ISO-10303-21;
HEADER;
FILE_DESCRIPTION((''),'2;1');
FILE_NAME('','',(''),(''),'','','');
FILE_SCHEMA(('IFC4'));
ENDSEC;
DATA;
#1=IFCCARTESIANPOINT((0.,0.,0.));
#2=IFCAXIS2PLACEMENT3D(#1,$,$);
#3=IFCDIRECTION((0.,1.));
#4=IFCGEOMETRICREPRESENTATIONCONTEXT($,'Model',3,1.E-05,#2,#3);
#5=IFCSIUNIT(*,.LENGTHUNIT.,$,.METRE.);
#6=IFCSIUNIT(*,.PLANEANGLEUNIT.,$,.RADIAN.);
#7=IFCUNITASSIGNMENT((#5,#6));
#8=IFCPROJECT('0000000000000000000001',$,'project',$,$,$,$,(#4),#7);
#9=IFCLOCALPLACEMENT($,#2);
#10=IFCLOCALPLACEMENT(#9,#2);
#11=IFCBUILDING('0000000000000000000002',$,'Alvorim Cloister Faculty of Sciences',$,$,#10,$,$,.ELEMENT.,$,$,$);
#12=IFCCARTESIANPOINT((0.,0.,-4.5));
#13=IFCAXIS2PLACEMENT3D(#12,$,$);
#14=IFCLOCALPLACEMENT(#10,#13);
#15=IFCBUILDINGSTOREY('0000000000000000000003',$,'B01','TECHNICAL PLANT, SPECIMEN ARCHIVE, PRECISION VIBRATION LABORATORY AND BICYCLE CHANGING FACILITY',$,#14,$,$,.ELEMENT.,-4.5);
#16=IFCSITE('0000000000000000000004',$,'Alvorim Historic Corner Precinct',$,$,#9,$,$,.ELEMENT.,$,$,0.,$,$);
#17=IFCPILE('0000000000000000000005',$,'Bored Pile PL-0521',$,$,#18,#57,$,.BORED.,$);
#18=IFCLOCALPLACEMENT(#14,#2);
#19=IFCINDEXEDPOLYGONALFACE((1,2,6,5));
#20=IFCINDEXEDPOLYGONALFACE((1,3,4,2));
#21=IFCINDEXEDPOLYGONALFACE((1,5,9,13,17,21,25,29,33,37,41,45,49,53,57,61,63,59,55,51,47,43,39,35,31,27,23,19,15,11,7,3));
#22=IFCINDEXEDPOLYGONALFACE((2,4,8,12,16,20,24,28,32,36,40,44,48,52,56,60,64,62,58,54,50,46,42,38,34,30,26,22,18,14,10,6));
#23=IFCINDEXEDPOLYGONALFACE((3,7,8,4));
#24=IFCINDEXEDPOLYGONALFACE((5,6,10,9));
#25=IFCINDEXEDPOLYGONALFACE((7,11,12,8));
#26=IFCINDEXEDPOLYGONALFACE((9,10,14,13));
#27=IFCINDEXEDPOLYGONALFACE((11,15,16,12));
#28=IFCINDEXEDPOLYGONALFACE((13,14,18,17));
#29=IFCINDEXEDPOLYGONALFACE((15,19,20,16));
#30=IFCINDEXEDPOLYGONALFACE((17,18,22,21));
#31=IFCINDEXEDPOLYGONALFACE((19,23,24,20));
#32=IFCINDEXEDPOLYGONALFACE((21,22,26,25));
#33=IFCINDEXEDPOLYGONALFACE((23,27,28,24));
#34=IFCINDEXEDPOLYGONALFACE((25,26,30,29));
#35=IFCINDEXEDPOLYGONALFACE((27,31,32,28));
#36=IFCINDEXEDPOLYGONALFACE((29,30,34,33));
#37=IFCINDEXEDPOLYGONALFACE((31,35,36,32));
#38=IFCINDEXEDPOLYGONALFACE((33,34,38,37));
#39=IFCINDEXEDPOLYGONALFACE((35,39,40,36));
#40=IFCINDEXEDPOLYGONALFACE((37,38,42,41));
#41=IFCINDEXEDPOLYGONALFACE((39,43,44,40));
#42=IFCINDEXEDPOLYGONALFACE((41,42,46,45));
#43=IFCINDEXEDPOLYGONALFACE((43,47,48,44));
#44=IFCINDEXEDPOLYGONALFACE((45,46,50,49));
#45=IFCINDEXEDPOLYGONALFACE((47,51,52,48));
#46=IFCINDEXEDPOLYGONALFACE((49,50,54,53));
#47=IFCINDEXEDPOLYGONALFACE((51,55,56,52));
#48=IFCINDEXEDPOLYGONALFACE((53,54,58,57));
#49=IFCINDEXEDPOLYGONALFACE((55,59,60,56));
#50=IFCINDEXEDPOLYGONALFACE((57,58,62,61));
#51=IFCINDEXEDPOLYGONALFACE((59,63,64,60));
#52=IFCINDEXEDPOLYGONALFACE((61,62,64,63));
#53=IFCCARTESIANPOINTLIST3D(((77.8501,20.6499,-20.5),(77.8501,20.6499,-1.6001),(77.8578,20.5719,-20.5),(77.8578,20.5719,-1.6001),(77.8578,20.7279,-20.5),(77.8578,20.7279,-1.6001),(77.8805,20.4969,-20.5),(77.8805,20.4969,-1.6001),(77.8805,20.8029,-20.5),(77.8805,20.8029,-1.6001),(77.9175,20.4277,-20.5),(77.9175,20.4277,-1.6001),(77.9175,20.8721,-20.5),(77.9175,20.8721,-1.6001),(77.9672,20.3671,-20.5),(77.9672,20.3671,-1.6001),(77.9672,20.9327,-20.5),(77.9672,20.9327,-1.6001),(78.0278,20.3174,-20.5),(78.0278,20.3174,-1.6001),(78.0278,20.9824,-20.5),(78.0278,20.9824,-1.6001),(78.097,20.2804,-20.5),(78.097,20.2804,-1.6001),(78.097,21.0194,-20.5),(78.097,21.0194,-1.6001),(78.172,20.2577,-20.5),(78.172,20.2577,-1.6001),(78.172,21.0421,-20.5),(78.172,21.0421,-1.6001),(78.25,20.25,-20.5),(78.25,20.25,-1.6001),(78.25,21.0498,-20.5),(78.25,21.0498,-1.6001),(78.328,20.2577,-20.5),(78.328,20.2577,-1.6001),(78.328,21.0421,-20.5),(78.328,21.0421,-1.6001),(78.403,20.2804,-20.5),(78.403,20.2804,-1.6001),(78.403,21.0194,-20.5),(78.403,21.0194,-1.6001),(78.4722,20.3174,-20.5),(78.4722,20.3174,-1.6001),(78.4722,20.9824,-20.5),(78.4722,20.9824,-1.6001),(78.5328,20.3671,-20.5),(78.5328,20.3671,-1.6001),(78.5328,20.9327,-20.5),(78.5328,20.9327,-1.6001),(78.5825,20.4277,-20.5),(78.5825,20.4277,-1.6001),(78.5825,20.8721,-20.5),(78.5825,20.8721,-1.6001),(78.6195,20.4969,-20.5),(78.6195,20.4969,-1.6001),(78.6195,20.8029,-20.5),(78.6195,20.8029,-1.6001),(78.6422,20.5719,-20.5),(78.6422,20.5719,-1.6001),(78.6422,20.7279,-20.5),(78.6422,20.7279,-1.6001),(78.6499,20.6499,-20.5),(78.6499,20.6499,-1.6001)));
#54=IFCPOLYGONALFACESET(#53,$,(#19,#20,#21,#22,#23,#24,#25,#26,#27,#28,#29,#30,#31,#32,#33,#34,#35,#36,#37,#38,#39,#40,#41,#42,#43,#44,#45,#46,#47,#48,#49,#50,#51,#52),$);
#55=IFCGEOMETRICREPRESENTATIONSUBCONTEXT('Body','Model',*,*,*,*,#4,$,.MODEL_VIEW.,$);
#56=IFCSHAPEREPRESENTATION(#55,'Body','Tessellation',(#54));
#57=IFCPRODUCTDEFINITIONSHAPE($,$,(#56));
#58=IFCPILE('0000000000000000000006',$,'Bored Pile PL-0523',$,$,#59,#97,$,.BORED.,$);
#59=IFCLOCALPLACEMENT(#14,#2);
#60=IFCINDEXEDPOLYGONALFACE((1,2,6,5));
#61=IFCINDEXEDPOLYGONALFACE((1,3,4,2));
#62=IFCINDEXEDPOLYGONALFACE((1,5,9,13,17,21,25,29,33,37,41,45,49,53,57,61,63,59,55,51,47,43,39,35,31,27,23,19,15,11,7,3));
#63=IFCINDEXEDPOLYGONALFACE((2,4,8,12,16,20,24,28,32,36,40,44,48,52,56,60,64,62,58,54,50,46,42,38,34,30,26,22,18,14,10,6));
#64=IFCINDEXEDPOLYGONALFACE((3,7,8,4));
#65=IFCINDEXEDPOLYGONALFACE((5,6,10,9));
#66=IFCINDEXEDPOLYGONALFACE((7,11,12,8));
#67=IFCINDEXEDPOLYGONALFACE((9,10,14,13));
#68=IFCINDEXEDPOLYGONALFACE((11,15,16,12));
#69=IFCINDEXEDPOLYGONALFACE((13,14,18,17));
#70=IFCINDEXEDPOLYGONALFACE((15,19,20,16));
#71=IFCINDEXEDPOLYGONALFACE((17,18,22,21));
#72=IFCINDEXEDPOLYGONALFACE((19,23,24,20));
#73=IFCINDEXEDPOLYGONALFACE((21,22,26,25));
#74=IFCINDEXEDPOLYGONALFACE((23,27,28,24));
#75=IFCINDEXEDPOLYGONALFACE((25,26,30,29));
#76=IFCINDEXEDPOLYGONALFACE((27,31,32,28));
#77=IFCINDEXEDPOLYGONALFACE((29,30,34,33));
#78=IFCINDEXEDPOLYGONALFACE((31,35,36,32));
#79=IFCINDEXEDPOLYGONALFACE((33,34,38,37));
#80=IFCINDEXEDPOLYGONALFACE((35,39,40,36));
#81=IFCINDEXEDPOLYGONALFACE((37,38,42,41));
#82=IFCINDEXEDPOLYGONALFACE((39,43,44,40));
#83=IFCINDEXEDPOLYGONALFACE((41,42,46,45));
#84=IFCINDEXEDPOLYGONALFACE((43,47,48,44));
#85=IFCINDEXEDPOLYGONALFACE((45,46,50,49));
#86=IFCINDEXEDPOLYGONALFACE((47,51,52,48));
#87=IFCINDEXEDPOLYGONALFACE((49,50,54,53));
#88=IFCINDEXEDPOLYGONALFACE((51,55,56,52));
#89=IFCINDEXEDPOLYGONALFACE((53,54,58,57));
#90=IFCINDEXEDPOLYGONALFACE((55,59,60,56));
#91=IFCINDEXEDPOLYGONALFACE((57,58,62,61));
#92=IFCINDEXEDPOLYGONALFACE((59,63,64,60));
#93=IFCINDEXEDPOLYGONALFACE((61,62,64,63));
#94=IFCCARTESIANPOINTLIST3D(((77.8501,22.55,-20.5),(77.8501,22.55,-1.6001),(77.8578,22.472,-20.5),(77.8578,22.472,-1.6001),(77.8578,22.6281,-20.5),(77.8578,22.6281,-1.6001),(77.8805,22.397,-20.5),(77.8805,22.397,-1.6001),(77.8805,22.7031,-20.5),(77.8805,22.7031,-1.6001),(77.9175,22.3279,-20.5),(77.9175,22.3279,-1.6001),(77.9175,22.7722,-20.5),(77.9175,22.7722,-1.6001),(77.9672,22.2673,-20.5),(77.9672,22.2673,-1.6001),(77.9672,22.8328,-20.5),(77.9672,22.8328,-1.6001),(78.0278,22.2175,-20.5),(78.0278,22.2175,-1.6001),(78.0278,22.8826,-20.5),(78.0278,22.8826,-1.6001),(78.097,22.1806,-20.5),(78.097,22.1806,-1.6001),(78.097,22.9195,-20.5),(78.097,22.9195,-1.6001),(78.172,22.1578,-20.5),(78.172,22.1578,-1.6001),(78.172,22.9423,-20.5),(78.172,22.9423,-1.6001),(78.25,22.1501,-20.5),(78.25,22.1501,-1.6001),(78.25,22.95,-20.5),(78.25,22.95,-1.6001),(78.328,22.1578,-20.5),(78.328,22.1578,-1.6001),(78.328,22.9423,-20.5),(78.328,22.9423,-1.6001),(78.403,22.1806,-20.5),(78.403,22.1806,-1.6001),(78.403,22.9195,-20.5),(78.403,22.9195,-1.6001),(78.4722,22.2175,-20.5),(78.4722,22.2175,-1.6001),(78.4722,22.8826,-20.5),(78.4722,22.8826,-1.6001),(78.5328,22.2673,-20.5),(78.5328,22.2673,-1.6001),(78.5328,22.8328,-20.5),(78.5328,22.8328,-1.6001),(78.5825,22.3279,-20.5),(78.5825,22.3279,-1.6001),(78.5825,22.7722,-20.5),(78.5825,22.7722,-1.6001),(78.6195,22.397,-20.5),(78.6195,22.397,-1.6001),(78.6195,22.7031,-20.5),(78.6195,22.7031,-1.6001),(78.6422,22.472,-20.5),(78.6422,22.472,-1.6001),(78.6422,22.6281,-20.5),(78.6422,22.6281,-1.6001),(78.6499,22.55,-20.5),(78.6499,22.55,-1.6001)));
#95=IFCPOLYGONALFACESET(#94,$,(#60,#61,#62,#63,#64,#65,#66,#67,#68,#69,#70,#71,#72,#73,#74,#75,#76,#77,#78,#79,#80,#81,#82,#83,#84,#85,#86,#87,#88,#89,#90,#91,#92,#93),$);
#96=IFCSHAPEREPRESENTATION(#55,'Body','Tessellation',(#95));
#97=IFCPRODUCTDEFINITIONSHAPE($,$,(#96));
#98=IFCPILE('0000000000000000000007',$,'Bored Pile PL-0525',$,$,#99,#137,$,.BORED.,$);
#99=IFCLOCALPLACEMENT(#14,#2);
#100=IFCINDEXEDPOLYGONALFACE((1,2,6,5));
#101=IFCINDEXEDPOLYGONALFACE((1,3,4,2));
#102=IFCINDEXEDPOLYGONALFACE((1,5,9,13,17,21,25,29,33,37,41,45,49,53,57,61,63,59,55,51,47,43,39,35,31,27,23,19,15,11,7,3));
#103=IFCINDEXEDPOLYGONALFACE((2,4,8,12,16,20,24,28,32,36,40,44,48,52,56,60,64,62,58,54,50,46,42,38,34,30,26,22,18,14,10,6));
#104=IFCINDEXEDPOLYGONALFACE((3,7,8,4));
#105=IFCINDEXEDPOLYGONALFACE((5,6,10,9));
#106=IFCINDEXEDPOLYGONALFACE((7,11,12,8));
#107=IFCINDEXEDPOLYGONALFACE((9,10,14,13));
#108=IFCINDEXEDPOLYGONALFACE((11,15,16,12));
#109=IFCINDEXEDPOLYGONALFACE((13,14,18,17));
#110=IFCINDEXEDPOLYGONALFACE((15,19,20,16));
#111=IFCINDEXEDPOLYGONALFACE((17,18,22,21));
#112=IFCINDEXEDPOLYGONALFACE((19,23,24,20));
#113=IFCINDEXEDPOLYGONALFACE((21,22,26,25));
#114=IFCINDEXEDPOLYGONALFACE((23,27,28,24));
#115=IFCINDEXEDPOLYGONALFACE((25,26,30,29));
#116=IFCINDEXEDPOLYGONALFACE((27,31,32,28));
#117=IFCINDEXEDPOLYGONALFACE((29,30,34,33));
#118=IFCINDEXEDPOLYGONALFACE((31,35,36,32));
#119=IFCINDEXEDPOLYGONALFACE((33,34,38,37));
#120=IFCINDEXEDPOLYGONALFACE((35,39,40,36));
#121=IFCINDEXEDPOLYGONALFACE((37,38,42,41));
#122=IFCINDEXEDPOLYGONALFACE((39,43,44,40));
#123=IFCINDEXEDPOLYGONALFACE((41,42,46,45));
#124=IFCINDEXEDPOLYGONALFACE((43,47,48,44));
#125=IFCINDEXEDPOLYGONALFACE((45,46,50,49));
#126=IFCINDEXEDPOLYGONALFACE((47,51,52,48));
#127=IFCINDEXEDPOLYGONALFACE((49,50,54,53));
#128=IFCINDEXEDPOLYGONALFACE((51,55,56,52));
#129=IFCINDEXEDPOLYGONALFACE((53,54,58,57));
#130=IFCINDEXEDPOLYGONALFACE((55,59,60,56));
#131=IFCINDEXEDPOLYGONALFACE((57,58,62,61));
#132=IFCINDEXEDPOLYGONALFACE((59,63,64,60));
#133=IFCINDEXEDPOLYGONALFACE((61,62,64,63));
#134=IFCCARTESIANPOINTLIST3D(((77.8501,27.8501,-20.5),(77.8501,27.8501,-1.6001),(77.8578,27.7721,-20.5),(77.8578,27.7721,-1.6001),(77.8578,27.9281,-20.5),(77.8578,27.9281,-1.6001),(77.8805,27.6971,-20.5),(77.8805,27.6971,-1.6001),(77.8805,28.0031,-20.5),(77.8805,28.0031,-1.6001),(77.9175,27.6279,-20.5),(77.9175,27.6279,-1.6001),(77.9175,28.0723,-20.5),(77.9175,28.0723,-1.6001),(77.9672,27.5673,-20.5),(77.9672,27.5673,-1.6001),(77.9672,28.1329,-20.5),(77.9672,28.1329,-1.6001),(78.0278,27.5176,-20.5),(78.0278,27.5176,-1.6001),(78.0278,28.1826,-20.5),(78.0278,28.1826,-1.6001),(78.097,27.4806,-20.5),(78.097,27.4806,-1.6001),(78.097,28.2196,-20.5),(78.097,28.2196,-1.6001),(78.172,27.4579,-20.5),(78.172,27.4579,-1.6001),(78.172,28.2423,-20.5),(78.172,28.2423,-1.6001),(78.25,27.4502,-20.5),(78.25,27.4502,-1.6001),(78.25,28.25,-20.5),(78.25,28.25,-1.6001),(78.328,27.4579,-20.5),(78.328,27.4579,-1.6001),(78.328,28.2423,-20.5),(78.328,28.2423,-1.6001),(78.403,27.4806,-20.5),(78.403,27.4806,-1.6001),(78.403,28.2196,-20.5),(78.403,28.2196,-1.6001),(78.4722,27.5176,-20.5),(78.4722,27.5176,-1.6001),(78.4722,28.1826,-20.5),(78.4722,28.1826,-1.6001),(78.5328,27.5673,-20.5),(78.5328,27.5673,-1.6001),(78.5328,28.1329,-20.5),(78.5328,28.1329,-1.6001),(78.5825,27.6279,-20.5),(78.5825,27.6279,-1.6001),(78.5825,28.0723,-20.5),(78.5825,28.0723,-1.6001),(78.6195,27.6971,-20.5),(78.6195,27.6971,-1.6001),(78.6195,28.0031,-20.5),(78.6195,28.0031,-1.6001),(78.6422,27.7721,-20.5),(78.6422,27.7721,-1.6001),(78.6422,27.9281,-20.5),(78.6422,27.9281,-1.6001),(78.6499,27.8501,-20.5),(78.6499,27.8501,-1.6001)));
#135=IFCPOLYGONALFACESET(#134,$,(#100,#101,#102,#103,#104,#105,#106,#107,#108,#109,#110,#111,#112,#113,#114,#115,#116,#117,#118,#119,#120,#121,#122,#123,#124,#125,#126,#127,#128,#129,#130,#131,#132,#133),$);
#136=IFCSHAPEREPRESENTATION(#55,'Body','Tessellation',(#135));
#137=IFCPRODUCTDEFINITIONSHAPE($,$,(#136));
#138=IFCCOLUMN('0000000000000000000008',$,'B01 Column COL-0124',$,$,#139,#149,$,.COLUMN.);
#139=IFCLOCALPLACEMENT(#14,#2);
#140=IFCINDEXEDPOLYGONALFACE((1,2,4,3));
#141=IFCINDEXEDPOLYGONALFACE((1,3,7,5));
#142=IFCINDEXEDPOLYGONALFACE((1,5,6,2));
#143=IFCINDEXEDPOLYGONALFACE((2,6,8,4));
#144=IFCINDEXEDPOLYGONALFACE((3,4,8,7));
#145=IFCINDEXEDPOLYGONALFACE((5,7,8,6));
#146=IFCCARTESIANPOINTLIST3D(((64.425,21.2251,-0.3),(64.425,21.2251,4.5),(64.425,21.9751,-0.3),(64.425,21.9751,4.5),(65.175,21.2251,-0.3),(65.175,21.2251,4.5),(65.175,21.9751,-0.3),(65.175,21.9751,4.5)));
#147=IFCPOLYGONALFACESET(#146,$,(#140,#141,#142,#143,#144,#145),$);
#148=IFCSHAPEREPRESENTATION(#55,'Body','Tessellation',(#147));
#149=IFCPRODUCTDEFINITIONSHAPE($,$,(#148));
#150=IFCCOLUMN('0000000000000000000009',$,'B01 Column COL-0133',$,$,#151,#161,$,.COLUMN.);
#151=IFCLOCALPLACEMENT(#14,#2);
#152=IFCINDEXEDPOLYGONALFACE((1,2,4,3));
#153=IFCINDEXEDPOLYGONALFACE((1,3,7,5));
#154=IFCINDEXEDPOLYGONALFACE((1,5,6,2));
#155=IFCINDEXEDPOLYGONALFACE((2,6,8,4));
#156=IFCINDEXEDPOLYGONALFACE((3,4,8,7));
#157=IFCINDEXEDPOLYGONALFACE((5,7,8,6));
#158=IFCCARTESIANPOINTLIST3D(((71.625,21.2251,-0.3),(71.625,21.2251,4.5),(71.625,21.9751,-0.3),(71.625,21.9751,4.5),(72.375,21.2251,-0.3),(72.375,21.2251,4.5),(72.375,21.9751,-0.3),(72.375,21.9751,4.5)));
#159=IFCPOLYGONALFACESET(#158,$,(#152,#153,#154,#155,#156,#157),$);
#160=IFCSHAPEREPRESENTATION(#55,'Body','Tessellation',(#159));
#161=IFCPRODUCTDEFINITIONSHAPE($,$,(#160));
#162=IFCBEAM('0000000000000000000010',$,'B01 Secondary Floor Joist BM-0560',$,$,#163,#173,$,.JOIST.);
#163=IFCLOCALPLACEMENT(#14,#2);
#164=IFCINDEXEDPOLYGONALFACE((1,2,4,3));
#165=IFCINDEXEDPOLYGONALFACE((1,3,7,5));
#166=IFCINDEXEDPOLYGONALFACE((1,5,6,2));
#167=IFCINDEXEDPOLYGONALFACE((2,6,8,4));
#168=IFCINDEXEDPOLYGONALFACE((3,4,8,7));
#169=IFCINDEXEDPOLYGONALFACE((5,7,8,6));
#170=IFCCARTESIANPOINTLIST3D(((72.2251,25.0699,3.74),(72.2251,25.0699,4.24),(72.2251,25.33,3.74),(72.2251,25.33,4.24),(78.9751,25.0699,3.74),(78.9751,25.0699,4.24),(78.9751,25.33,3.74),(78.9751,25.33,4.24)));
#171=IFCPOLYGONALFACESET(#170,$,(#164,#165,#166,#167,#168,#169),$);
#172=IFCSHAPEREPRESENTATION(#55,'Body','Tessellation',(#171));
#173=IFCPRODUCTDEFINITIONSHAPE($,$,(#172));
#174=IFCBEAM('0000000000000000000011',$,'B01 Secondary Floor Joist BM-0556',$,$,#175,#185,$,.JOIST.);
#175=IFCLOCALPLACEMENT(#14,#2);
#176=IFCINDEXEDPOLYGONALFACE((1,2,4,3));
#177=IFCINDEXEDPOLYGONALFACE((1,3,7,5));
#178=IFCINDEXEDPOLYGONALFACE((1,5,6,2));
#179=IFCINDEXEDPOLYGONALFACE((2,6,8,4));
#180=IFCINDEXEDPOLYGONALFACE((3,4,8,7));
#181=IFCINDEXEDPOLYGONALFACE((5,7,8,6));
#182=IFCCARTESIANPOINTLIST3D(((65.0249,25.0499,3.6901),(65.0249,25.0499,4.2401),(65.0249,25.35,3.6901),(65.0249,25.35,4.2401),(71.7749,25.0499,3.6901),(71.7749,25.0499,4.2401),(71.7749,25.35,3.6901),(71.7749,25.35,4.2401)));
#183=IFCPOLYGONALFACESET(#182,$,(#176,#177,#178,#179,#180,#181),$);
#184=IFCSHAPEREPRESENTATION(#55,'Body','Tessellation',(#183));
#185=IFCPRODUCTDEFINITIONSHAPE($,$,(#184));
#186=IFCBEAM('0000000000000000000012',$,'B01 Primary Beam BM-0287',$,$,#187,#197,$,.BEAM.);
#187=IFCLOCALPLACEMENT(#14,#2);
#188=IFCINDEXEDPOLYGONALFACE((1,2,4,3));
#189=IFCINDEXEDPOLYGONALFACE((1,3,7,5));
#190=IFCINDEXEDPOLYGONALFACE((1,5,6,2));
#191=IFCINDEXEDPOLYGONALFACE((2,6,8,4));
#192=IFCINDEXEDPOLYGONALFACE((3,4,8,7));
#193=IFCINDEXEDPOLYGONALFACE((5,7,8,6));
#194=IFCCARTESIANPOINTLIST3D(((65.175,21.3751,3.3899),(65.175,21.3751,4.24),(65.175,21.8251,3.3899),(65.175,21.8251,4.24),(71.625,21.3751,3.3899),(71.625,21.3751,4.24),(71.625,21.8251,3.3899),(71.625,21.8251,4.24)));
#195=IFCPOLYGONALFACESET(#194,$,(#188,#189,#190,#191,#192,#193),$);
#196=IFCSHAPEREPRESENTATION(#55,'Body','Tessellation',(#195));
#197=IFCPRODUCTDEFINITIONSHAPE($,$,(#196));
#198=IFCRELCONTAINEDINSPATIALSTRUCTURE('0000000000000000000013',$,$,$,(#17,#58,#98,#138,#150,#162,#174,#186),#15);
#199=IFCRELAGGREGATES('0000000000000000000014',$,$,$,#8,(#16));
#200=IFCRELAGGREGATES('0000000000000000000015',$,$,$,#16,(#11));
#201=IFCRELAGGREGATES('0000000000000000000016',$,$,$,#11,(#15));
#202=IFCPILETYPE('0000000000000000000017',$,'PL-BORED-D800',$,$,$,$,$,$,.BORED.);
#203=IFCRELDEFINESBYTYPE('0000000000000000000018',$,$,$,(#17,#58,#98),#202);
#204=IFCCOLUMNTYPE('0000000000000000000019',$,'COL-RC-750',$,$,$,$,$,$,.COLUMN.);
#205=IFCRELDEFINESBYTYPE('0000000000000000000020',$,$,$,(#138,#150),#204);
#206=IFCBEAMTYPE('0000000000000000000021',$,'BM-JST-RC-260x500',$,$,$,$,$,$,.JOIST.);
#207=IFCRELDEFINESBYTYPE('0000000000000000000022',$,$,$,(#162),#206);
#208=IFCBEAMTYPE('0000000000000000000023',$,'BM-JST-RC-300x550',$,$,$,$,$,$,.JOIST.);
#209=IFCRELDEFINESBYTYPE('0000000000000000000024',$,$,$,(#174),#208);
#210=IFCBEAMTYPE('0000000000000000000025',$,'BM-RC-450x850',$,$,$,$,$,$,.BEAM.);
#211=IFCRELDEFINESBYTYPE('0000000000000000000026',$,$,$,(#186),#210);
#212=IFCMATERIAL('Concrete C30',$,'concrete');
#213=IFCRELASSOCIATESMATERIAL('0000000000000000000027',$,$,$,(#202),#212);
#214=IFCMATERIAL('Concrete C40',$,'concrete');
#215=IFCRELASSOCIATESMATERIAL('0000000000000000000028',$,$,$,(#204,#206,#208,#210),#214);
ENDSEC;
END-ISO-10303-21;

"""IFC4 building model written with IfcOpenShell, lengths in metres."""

from ifc_helpers import new_model, si_unit, direction, frame, origin, origin_2d, place, context, subcontext, project, spatial, rectangle, circle, extrude, material, material_profile, profile_set, type_object, element, save


model = new_model("IFC4")

# Units and contexts
model_context = context("Model", 3, precision=1e-05, world=origin(), true_north=direction((0.0, 1.0)))
body_context = subcontext(model_context, "Body", "Model", "MODEL_VIEW")
ifc_project = project(units=[si_unit("LENGTHUNIT", "METRE"), si_unit("PLANEANGLEUNIT", "RADIAN")], contexts=[model_context])

# Site, building, storey
site_placement = place(None, origin())
site = spatial("IfcSite", under=ifc_project, at=site_placement, Name="Alvorim Historic Corner Precinct", CompositionType="ELEMENT", RefElevation=0.0)
building_placement = place(site_placement, origin())
building = spatial("IfcBuilding", under=site, at=building_placement, Name="Alvorim Cloister Faculty of Sciences", CompositionType="ELEMENT")
storey_placement = place(building_placement, frame((0.0, 0.0, -4.5)))
storey = spatial("IfcBuildingStorey", under=building, at=storey_placement, Name="B01", Description="TECHNICAL PLANT, SPECIMEN ARCHIVE, PRECISION VIBRATION LABORATORY AND BICYCLE CHANGING FACILITY", CompositionType="ELEMENT", Elevation=-4.5)

# Shared definitions
ifc_material_1 = material(Name="Concrete C40", Category="concrete")

# Piles
ifc_material_2 = material(Name="Concrete C30", Category="concrete")
ifc_material_profile_1 = material_profile(ifc_material_2, circle(Radius=0.3999, at=origin_2d()), Name="PILE-D800")
ifc_profile_set_1 = profile_set([ifc_material_profile_1], Name="Concrete C30")
pile_type = type_object("IfcPileType", Name="PL-BORED-D800", PredefinedType="BORED", material=ifc_profile_set_1)
for number, where, z_axis, x_axis, name in (
    (1, (78.25, 20.6499, -1.6001), (0.0, 0.0, -1.0), (1.0, 0.0, 0.0), "Bored Pile PL-0521"),
    (2, (78.25, 22.55, -1.6001), (0.0, 0.0, -1.0), (1.0, 0.0, 0.0), "Bored Pile PL-0523"),
    (3, (78.25, 27.8501, -1.6001), (0.0, 0.0, -1.0), (1.0, 0.0, 0.0), "Bored Pile PL-0525"),
):
    element("IfcPile", number, at=place(storey_placement, frame(where, z_axis=z_axis, x_axis=x_axis)), inside=storey, type_object=pile_type, Name=name, PredefinedType="BORED", context=body_context, shape_type="SweptSolid", body=[
        extrude(circle(Radius=0.3999, at=origin_2d()), origin(), (0.0, 0.0, 1.0), 18.8999),
    ])

# Columns
ifc_material_profile_2 = material_profile(ifc_material_1, rectangle(XDim=0.75, YDim=0.75, at=origin_2d()), Name="RC40-COL-750x750")
ifc_profile_set_2 = profile_set([ifc_material_profile_2], Name="Concrete C40")
column_type = type_object("IfcColumnType", Name="COL-RC-750", PredefinedType="COLUMN", material=ifc_profile_set_2)
for number, where, z_axis, x_axis, name in (
    (4, (64.8, 21.6001, -0.3), (0.0, 0.0, 1.0), (1.0, 0.0, 0.0), "B01 Column COL-0124"),
    (5, (72.0, 21.6001, -0.3), (0.0, 0.0, 1.0), (1.0, 0.0, 0.0), "B01 Column COL-0133"),
):
    element("IfcColumn", number, at=place(storey_placement, frame(where, z_axis=z_axis, x_axis=x_axis)), inside=storey, type_object=column_type, Name=name, PredefinedType="COLUMN", context=body_context, shape_type="SweptSolid", body=[
        extrude(rectangle(XDim=0.75, YDim=0.75, at=origin_2d()), origin(), (0.0, 0.0, 1.0), 4.8),
    ])

# Beams
ifc_material_profile_3 = material_profile(ifc_material_1, rectangle(XDim=0.26, YDim=0.5, at=origin_2d()), Name="RC40-JST-260x500")
ifc_profile_set_3 = profile_set([ifc_material_profile_3], Name="Concrete C40")
beam_type_1 = type_object("IfcBeamType", Name="BM-JST-RC-260x500", PredefinedType="JOIST", material=ifc_profile_set_3)
beam_1_placement = place(storey_placement, frame((72.2251, 25.2, 3.99), z_axis=(1.0, 0.0, 0.0), x_axis=(0.0, 1.0, 0.0)))
element("IfcBeam", 6, at=beam_1_placement, inside=storey, type_object=beam_type_1, Name="B01 Secondary Floor Joist BM-0560", PredefinedType="JOIST", context=body_context, shape_type="SweptSolid", body=[
    extrude(rectangle(XDim=0.26, YDim=0.5, at=origin_2d()), origin(), (0.0, 0.0, 1.0), 6.75),
])
ifc_material_profile_4 = material_profile(ifc_material_1, rectangle(XDim=0.3, YDim=0.55, at=origin_2d()), Name="RC40-JST-300x550")
ifc_profile_set_4 = profile_set([ifc_material_profile_4], Name="Concrete C40")
beam_type_2 = type_object("IfcBeamType", Name="BM-JST-RC-300x550", PredefinedType="JOIST", material=ifc_profile_set_4)
beam_2_placement = place(storey_placement, frame((65.0249, 25.2, 3.9651), z_axis=(1.0, 0.0, 0.0), x_axis=(0.0, 1.0, 0.0)))
element("IfcBeam", 7, at=beam_2_placement, inside=storey, type_object=beam_type_2, Name="B01 Secondary Floor Joist BM-0556", PredefinedType="JOIST", context=body_context, shape_type="SweptSolid", body=[
    extrude(rectangle(XDim=0.3, YDim=0.55, at=origin_2d()), origin(), (0.0, 0.0, 1.0), 6.75),
])
ifc_material_profile_5 = material_profile(ifc_material_1, rectangle(XDim=0.45, YDim=0.8501, at=origin_2d()), Name="RC40-BM-450x850")
ifc_profile_set_5 = profile_set([ifc_material_profile_5], Name="Concrete C40")
beam_type_3 = type_object("IfcBeamType", Name="BM-RC-450x850", PredefinedType="BEAM", material=ifc_profile_set_5)
for number, where, z_axis, x_axis, name in (
    (8, (65.175, 21.6001, 3.8149), (1.0, 0.0, 0.0), (0.0, 1.0, 0.0), "B01 Primary Beam BM-0287"),
):
    element("IfcBeam", number, at=place(storey_placement, frame(where, z_axis=z_axis, x_axis=x_axis)), inside=storey, type_object=beam_type_3, Name=name, PredefinedType="BEAM", context=body_context, shape_type="SweptSolid", body=[
        extrude(rectangle(XDim=0.45, YDim=0.8501, at=origin_2d()), origin(), (0.0, 0.0, 1.0), 6.45),
    ])

save(model, "model.ifc")
